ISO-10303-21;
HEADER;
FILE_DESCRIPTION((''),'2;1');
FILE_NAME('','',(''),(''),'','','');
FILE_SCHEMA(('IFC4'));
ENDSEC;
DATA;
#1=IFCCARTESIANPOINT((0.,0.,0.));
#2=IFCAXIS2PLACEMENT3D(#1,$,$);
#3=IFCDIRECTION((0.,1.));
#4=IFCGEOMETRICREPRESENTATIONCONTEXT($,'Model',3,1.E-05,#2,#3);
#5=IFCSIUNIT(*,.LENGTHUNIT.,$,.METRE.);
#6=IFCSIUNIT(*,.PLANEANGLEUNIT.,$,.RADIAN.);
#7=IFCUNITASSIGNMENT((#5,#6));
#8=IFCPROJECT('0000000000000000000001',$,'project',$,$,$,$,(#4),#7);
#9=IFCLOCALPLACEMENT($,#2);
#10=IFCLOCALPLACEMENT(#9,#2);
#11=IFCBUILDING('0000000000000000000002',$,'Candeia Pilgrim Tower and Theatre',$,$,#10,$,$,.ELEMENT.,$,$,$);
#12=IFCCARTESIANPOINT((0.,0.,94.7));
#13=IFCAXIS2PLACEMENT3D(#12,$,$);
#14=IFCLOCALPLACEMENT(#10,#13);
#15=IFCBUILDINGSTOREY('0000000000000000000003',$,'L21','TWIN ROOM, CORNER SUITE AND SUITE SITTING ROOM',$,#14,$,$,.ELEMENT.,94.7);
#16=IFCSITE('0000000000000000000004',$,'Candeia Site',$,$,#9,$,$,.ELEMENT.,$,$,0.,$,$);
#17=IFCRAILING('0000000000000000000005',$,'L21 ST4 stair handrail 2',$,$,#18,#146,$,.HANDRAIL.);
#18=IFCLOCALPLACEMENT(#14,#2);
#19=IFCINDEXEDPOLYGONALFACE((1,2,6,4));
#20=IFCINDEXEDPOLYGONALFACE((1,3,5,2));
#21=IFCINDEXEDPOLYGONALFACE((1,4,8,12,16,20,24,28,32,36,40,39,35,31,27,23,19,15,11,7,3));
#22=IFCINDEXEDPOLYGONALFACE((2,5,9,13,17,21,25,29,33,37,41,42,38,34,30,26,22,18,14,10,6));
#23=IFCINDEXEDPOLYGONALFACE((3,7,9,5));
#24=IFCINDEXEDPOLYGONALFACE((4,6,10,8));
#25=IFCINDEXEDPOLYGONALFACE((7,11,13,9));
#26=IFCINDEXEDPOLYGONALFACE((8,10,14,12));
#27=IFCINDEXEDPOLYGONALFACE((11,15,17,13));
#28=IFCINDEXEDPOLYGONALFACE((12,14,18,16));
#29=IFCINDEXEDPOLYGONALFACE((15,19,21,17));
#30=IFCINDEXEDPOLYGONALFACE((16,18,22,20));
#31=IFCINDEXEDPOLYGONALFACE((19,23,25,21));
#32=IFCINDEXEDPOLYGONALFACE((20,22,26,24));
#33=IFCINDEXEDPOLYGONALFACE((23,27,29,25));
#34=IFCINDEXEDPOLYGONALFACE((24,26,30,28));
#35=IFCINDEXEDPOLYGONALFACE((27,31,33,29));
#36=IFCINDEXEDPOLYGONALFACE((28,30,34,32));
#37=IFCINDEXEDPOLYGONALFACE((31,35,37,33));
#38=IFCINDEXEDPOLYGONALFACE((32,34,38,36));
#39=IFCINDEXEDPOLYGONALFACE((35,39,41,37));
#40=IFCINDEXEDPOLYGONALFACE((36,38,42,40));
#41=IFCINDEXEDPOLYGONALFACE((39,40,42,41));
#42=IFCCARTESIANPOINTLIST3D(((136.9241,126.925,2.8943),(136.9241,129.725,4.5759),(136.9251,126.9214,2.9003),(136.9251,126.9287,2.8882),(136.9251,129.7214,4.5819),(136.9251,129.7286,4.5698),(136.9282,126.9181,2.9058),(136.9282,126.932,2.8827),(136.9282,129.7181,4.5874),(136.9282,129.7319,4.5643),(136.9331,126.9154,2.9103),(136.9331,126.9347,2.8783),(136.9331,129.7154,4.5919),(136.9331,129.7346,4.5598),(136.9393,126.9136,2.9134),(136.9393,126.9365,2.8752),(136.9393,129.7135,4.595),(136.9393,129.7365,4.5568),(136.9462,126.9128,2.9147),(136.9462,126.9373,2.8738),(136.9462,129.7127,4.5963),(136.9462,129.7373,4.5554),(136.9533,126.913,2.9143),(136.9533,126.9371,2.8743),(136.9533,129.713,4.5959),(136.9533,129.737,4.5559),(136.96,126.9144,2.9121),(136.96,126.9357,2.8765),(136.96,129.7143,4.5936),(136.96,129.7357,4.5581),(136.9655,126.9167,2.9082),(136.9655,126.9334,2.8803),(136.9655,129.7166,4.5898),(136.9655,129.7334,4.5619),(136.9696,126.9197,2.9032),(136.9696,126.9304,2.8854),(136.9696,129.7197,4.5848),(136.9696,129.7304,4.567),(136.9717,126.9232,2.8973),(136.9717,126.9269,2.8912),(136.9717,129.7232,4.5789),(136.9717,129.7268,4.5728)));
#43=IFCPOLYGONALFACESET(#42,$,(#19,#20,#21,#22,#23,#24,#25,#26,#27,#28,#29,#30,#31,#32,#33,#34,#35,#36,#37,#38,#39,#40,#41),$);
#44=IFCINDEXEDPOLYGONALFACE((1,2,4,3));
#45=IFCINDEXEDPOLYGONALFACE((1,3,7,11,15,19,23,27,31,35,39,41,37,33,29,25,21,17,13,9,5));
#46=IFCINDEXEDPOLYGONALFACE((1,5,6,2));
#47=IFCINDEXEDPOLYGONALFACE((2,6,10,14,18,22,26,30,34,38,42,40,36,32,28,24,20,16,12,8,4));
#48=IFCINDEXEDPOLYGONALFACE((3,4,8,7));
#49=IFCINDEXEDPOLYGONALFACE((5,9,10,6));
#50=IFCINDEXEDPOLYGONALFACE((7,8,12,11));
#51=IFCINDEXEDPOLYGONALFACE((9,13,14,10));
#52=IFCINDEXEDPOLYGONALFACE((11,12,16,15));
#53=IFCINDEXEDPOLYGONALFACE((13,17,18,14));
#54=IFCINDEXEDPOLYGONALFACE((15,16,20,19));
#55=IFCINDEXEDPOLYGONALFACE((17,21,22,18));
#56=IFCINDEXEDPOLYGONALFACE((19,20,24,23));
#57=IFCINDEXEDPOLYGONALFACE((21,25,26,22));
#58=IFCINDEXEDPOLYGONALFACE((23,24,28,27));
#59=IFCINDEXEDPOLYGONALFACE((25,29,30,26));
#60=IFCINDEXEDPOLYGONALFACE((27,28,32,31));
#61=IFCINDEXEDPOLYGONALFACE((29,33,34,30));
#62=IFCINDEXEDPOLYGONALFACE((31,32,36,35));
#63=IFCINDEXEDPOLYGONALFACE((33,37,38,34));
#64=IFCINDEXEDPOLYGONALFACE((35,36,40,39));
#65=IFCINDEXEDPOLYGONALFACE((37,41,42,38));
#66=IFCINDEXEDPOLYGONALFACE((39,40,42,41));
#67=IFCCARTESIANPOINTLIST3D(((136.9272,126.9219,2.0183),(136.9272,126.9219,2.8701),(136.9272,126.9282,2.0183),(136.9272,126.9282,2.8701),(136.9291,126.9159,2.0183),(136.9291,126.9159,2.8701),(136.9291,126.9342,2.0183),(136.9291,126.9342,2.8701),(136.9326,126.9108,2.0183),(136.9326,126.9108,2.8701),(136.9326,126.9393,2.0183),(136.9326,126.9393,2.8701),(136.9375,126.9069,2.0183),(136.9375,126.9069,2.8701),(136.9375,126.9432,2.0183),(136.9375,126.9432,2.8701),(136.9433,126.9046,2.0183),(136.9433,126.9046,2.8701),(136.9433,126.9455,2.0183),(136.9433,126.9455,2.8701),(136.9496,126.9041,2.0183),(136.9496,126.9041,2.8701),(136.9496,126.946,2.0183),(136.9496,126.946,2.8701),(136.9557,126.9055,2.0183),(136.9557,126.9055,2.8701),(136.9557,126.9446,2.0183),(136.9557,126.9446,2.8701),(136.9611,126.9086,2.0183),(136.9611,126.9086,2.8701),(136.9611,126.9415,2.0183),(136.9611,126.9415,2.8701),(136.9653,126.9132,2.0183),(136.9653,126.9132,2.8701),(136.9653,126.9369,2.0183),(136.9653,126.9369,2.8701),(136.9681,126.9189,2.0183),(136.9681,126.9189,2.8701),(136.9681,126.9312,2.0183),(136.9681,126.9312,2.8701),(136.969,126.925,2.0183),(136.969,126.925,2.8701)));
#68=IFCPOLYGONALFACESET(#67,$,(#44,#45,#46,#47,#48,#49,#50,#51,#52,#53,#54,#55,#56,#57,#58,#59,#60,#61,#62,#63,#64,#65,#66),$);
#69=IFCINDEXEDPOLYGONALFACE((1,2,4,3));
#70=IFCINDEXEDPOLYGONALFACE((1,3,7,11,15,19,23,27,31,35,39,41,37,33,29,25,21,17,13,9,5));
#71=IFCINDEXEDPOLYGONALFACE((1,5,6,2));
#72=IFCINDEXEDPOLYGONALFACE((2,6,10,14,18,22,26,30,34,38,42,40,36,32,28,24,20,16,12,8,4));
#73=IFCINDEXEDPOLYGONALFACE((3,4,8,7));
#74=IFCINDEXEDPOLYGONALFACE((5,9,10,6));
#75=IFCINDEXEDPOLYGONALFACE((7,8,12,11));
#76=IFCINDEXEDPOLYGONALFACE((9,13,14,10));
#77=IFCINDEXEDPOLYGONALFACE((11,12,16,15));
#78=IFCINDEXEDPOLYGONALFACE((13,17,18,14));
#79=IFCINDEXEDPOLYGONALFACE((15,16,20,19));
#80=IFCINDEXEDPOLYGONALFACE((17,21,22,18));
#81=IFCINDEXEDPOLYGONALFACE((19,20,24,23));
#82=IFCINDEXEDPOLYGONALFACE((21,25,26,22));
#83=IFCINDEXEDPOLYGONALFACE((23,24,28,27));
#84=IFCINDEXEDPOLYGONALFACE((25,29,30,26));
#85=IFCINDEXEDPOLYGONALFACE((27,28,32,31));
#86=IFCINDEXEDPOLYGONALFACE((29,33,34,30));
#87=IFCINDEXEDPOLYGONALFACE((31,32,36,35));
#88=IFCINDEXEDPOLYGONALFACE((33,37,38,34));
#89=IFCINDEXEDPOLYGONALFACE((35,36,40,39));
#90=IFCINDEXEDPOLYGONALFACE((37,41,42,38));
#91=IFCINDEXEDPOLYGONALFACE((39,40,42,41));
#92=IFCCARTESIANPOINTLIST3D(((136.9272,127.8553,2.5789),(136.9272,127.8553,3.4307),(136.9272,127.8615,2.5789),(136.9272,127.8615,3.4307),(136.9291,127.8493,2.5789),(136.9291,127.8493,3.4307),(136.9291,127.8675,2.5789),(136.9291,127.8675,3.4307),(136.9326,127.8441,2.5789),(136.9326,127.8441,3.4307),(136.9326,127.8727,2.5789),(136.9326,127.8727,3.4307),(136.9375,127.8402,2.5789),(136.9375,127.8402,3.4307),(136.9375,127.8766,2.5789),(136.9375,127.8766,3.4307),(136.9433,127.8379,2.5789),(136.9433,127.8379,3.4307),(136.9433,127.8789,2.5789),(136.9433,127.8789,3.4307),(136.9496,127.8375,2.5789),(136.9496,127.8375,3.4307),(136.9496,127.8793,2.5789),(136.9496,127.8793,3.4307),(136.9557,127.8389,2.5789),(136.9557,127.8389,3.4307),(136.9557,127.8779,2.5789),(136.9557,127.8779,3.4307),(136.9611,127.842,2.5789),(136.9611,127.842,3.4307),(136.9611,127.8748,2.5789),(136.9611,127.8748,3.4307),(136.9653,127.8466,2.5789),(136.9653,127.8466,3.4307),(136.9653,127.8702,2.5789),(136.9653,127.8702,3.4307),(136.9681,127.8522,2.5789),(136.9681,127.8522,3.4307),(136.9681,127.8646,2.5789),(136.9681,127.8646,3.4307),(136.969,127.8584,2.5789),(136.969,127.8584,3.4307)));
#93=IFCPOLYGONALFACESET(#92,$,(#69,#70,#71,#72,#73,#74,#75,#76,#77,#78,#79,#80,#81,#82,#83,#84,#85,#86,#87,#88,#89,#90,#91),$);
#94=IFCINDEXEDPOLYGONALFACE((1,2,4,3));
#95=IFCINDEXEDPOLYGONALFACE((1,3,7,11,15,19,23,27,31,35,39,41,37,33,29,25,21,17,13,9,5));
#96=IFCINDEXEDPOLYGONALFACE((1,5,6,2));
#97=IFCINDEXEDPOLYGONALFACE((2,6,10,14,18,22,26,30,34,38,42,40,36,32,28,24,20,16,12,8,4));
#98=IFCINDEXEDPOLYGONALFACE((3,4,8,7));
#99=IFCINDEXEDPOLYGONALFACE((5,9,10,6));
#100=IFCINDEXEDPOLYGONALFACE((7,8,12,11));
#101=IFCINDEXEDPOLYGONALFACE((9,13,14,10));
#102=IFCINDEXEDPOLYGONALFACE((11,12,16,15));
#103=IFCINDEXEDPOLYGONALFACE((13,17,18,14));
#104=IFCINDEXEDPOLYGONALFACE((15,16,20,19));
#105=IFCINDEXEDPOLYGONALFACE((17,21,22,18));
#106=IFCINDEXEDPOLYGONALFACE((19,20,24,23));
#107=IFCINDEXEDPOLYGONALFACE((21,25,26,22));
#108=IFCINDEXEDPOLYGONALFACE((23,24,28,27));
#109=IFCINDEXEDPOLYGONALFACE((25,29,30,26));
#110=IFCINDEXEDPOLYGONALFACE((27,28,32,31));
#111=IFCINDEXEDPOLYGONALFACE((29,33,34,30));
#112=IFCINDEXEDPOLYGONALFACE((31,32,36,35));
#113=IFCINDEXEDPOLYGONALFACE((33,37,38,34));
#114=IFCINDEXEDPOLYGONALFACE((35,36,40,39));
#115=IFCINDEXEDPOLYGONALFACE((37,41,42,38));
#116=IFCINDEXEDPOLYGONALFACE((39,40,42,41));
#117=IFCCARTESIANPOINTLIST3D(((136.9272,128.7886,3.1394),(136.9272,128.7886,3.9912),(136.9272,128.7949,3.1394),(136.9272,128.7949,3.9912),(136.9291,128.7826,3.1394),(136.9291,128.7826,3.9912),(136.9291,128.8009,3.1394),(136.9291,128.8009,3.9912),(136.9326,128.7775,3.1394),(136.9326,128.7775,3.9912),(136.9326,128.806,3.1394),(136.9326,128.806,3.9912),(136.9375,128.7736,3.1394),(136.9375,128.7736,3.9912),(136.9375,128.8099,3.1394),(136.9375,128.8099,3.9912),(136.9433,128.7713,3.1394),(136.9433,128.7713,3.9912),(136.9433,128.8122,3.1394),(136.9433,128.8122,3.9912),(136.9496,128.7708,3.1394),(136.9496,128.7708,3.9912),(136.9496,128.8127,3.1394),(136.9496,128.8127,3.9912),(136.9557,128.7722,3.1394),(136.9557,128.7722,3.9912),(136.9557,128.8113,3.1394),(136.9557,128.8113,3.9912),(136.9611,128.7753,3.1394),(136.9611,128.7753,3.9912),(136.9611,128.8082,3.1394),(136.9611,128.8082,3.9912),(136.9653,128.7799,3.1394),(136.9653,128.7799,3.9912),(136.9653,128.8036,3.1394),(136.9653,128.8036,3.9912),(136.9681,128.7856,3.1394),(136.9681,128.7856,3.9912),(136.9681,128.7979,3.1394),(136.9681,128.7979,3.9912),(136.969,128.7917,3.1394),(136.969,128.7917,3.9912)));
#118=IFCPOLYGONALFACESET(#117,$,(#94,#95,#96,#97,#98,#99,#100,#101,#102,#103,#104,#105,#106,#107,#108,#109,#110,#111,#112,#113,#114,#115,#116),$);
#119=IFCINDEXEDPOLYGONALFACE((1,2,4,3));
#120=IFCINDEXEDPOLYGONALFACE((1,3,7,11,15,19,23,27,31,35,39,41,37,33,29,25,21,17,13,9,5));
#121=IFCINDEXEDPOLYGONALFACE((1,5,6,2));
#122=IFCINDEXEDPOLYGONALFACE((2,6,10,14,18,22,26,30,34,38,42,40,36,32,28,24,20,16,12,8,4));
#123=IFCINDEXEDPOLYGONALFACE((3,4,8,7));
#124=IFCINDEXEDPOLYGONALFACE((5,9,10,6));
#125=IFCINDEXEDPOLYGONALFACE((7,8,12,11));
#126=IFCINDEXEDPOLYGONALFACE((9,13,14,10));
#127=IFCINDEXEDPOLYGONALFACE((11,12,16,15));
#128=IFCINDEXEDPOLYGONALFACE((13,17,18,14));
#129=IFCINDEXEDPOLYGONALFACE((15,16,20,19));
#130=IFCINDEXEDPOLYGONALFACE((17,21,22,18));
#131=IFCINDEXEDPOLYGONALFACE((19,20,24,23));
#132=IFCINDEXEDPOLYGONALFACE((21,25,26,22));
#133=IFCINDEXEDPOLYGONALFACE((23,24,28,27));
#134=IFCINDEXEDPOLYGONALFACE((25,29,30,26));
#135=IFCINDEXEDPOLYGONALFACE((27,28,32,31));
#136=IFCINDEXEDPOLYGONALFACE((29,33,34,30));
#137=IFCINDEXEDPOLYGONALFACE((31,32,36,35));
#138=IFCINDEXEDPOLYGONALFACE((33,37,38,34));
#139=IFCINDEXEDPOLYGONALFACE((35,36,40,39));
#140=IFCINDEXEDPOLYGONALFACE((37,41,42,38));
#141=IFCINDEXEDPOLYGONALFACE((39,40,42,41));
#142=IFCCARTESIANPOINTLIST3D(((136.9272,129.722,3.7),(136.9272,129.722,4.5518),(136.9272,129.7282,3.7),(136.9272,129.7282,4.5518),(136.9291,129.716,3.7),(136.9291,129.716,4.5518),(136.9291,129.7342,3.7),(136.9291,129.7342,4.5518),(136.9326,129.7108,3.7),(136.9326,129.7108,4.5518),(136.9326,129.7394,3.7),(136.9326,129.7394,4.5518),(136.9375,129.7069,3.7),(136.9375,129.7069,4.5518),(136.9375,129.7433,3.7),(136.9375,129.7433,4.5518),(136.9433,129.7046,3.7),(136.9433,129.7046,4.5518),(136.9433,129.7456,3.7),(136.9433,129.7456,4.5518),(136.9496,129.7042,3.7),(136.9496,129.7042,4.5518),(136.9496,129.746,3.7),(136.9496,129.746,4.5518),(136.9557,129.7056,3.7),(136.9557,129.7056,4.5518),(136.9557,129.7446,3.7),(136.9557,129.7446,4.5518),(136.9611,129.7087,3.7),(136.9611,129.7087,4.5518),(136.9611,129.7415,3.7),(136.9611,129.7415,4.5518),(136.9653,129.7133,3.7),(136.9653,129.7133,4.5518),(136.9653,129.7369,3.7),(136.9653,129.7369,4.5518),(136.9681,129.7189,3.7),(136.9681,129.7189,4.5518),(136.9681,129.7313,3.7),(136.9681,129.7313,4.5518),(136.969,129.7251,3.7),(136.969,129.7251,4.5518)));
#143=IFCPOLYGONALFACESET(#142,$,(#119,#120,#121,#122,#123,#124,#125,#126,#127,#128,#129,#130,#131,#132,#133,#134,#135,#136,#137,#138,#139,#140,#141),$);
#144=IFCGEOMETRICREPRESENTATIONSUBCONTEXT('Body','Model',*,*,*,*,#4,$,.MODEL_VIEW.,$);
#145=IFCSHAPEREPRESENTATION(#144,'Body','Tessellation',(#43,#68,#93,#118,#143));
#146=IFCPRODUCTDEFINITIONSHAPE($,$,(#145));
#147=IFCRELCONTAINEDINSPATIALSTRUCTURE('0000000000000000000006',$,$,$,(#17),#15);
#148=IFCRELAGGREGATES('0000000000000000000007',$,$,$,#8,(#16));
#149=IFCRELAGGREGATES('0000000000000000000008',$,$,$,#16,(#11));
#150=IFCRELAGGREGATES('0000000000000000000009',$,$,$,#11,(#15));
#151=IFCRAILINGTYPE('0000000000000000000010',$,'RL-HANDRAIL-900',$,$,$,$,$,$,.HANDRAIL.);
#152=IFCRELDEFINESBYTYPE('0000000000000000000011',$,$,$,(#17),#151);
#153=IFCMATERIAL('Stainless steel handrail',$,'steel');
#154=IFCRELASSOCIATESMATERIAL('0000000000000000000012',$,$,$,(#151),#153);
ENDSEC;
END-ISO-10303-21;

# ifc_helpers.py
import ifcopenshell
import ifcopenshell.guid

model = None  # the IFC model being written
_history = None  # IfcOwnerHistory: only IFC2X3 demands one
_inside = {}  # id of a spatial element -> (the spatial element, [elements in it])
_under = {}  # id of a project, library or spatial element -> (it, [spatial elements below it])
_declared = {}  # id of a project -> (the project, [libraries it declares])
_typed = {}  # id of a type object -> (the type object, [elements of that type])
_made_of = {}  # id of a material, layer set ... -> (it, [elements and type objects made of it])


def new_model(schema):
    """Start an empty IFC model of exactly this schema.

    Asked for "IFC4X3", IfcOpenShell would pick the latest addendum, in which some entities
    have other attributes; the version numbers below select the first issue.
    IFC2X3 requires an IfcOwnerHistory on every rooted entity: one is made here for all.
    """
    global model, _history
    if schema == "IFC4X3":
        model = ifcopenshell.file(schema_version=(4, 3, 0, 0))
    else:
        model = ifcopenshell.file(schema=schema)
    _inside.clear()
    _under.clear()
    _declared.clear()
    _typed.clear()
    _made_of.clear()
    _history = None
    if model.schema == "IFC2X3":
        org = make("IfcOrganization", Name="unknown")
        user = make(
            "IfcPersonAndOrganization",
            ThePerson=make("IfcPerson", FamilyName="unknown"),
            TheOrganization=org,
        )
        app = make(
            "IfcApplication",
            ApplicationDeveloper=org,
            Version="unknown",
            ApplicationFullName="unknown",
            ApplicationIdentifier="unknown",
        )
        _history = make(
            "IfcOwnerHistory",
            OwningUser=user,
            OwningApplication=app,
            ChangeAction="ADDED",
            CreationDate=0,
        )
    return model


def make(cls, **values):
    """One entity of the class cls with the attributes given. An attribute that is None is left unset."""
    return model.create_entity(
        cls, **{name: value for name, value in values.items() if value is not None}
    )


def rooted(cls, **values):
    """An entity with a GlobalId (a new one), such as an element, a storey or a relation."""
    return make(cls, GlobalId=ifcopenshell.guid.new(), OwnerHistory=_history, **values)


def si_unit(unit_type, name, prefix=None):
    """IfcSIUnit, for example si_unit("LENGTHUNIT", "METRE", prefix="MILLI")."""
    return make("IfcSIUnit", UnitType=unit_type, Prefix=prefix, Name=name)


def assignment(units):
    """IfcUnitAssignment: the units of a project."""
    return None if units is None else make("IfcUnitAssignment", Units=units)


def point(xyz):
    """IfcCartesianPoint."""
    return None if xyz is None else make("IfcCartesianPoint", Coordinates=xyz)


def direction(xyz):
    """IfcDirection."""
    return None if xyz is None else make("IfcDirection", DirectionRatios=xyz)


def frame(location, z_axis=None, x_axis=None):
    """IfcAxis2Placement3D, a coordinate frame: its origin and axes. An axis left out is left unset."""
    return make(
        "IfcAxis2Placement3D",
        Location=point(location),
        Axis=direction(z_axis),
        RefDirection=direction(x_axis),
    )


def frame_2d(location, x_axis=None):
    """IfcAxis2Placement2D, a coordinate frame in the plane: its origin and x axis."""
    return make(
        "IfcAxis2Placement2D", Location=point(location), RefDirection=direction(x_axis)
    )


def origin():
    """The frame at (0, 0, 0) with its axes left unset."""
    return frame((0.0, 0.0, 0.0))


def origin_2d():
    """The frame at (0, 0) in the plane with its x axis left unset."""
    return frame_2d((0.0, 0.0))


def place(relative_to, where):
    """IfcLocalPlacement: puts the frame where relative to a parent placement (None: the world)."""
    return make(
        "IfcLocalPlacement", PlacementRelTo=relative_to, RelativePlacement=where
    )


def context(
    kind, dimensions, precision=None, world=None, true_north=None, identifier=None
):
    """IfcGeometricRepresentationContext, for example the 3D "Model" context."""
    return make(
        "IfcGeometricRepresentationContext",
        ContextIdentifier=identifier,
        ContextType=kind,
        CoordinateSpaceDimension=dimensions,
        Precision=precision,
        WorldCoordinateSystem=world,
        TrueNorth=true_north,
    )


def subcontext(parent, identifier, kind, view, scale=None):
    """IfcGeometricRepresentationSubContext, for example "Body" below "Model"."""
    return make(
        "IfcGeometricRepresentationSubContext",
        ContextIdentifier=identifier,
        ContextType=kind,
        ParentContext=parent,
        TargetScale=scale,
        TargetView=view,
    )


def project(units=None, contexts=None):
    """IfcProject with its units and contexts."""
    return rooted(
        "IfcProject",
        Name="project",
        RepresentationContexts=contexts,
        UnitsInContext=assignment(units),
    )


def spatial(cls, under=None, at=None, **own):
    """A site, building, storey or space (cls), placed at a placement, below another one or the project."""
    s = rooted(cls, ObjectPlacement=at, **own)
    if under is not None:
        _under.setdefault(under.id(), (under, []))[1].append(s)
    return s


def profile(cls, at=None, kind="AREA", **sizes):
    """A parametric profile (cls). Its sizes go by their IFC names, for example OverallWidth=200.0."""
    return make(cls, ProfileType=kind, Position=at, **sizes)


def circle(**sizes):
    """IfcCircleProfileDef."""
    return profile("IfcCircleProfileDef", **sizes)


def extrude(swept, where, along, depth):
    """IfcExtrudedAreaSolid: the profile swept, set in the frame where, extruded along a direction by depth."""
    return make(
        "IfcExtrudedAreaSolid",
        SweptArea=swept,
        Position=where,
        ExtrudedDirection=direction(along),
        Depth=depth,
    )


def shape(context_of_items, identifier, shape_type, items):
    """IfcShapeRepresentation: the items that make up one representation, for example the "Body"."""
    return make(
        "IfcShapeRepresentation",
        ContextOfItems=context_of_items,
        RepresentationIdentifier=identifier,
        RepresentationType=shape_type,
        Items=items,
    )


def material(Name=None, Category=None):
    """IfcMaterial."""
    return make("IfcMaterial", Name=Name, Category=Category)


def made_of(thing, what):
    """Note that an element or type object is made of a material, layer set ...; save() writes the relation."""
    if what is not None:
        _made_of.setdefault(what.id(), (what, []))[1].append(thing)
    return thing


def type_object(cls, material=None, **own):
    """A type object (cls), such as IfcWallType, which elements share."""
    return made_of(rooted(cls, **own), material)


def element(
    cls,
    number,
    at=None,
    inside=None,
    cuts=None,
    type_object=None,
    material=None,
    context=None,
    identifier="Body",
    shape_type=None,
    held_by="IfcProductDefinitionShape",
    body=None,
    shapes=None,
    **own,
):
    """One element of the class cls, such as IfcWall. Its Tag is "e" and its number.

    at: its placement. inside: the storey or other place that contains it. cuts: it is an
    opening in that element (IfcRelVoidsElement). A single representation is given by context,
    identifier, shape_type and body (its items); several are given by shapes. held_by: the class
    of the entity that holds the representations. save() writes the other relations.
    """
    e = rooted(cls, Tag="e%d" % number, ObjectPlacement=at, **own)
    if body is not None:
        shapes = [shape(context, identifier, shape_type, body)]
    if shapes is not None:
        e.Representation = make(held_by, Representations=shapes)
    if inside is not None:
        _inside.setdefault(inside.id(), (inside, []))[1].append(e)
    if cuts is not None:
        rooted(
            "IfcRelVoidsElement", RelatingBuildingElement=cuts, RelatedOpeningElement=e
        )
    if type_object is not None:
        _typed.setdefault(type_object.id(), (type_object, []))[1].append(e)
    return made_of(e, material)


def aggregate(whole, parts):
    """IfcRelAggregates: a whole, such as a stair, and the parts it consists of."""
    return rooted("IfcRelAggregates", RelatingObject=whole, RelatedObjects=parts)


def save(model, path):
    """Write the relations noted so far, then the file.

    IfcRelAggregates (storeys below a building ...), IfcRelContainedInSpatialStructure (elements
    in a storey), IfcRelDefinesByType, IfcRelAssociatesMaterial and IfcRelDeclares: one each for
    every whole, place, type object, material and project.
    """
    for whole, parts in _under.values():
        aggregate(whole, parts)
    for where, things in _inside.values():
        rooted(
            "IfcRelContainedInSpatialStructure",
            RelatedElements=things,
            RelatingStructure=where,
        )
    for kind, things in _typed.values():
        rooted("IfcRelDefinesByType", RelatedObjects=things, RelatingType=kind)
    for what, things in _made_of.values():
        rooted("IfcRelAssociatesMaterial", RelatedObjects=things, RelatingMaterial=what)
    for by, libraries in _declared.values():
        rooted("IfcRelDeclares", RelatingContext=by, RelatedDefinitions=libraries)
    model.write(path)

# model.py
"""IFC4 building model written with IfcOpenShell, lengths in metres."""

from ifc_helpers import new_model, si_unit, direction, frame, origin, origin_2d, place, context, subcontext, project, spatial, circle, extrude, material, type_object, element, save


model = new_model("IFC4")

# Units and contexts
model_context = context("Model", 3, precision=1e-05, world=origin(), true_north=direction((0.0, 1.0)))
body_context = subcontext(model_context, "Body", "Model", "MODEL_VIEW")
ifc_project = project(units=[si_unit("LENGTHUNIT", "METRE"), si_unit("PLANEANGLEUNIT", "RADIAN")], contexts=[model_context])

# Site, building, storey
site_placement = place(None, origin())
site = spatial("IfcSite", under=ifc_project, at=site_placement, Name="Candeia Site", CompositionType="ELEMENT", RefElevation=0.0)
building_placement = place(site_placement, origin())
building = spatial("IfcBuilding", under=site, at=building_placement, Name="Candeia Pilgrim Tower and Theatre", CompositionType="ELEMENT")
storey_placement = place(building_placement, frame((0.0, 0.0, 94.7)))
storey = spatial("IfcBuildingStorey", under=building, at=storey_placement, Name="L21", Description="TWIN ROOM, CORNER SUITE AND SUITE SITTING ROOM", CompositionType="ELEMENT", Elevation=94.7)

# Railing
ifc_material_1 = material(Name="Stainless steel handrail", Category="steel")
railing_type_1 = type_object("IfcRailingType", Name="RL-HANDRAIL-900", PredefinedType="HANDRAIL", material=ifc_material_1)
railing_1_placement = place(storey_placement, frame((136.948, 126.925, 2.0183)))
element("IfcRailing", 1, at=railing_1_placement, inside=storey, type_object=railing_type_1, Name="L21 ST4 stair handrail 2", PredefinedType="HANDRAIL", context=body_context, shape_type="SweptSolid", body=[
    extrude(circle(Radius=0.0239, at=origin_2d()), frame((0.0, 0.0, 0.876), z_axis=(0.0, 0.857275, 0.514858), x_axis=(-1.0, 0.0, 0.0)), (0.0, 0.0, 1.0), 3.2661),
    extrude(circle(Radius=0.021, at=origin_2d()), origin(), (0.0, 0.0, 1.0), 0.8518),
    extrude(circle(Radius=0.021, at=origin_2d()), frame((0.0, 0.9333, 0.5605)), (0.0, 0.0, 1.0), 0.8518),
    extrude(circle(Radius=0.021, at=origin_2d()), frame((0.0, 1.8667, 1.1211)), (0.0, 0.0, 1.0), 0.8518),
    extrude(circle(Radius=0.021, at=origin_2d()), frame((0.0, 2.8, 1.6816)), (0.0, 0.0, 1.0), 0.8518),
])

save(model, "model.ifc")
